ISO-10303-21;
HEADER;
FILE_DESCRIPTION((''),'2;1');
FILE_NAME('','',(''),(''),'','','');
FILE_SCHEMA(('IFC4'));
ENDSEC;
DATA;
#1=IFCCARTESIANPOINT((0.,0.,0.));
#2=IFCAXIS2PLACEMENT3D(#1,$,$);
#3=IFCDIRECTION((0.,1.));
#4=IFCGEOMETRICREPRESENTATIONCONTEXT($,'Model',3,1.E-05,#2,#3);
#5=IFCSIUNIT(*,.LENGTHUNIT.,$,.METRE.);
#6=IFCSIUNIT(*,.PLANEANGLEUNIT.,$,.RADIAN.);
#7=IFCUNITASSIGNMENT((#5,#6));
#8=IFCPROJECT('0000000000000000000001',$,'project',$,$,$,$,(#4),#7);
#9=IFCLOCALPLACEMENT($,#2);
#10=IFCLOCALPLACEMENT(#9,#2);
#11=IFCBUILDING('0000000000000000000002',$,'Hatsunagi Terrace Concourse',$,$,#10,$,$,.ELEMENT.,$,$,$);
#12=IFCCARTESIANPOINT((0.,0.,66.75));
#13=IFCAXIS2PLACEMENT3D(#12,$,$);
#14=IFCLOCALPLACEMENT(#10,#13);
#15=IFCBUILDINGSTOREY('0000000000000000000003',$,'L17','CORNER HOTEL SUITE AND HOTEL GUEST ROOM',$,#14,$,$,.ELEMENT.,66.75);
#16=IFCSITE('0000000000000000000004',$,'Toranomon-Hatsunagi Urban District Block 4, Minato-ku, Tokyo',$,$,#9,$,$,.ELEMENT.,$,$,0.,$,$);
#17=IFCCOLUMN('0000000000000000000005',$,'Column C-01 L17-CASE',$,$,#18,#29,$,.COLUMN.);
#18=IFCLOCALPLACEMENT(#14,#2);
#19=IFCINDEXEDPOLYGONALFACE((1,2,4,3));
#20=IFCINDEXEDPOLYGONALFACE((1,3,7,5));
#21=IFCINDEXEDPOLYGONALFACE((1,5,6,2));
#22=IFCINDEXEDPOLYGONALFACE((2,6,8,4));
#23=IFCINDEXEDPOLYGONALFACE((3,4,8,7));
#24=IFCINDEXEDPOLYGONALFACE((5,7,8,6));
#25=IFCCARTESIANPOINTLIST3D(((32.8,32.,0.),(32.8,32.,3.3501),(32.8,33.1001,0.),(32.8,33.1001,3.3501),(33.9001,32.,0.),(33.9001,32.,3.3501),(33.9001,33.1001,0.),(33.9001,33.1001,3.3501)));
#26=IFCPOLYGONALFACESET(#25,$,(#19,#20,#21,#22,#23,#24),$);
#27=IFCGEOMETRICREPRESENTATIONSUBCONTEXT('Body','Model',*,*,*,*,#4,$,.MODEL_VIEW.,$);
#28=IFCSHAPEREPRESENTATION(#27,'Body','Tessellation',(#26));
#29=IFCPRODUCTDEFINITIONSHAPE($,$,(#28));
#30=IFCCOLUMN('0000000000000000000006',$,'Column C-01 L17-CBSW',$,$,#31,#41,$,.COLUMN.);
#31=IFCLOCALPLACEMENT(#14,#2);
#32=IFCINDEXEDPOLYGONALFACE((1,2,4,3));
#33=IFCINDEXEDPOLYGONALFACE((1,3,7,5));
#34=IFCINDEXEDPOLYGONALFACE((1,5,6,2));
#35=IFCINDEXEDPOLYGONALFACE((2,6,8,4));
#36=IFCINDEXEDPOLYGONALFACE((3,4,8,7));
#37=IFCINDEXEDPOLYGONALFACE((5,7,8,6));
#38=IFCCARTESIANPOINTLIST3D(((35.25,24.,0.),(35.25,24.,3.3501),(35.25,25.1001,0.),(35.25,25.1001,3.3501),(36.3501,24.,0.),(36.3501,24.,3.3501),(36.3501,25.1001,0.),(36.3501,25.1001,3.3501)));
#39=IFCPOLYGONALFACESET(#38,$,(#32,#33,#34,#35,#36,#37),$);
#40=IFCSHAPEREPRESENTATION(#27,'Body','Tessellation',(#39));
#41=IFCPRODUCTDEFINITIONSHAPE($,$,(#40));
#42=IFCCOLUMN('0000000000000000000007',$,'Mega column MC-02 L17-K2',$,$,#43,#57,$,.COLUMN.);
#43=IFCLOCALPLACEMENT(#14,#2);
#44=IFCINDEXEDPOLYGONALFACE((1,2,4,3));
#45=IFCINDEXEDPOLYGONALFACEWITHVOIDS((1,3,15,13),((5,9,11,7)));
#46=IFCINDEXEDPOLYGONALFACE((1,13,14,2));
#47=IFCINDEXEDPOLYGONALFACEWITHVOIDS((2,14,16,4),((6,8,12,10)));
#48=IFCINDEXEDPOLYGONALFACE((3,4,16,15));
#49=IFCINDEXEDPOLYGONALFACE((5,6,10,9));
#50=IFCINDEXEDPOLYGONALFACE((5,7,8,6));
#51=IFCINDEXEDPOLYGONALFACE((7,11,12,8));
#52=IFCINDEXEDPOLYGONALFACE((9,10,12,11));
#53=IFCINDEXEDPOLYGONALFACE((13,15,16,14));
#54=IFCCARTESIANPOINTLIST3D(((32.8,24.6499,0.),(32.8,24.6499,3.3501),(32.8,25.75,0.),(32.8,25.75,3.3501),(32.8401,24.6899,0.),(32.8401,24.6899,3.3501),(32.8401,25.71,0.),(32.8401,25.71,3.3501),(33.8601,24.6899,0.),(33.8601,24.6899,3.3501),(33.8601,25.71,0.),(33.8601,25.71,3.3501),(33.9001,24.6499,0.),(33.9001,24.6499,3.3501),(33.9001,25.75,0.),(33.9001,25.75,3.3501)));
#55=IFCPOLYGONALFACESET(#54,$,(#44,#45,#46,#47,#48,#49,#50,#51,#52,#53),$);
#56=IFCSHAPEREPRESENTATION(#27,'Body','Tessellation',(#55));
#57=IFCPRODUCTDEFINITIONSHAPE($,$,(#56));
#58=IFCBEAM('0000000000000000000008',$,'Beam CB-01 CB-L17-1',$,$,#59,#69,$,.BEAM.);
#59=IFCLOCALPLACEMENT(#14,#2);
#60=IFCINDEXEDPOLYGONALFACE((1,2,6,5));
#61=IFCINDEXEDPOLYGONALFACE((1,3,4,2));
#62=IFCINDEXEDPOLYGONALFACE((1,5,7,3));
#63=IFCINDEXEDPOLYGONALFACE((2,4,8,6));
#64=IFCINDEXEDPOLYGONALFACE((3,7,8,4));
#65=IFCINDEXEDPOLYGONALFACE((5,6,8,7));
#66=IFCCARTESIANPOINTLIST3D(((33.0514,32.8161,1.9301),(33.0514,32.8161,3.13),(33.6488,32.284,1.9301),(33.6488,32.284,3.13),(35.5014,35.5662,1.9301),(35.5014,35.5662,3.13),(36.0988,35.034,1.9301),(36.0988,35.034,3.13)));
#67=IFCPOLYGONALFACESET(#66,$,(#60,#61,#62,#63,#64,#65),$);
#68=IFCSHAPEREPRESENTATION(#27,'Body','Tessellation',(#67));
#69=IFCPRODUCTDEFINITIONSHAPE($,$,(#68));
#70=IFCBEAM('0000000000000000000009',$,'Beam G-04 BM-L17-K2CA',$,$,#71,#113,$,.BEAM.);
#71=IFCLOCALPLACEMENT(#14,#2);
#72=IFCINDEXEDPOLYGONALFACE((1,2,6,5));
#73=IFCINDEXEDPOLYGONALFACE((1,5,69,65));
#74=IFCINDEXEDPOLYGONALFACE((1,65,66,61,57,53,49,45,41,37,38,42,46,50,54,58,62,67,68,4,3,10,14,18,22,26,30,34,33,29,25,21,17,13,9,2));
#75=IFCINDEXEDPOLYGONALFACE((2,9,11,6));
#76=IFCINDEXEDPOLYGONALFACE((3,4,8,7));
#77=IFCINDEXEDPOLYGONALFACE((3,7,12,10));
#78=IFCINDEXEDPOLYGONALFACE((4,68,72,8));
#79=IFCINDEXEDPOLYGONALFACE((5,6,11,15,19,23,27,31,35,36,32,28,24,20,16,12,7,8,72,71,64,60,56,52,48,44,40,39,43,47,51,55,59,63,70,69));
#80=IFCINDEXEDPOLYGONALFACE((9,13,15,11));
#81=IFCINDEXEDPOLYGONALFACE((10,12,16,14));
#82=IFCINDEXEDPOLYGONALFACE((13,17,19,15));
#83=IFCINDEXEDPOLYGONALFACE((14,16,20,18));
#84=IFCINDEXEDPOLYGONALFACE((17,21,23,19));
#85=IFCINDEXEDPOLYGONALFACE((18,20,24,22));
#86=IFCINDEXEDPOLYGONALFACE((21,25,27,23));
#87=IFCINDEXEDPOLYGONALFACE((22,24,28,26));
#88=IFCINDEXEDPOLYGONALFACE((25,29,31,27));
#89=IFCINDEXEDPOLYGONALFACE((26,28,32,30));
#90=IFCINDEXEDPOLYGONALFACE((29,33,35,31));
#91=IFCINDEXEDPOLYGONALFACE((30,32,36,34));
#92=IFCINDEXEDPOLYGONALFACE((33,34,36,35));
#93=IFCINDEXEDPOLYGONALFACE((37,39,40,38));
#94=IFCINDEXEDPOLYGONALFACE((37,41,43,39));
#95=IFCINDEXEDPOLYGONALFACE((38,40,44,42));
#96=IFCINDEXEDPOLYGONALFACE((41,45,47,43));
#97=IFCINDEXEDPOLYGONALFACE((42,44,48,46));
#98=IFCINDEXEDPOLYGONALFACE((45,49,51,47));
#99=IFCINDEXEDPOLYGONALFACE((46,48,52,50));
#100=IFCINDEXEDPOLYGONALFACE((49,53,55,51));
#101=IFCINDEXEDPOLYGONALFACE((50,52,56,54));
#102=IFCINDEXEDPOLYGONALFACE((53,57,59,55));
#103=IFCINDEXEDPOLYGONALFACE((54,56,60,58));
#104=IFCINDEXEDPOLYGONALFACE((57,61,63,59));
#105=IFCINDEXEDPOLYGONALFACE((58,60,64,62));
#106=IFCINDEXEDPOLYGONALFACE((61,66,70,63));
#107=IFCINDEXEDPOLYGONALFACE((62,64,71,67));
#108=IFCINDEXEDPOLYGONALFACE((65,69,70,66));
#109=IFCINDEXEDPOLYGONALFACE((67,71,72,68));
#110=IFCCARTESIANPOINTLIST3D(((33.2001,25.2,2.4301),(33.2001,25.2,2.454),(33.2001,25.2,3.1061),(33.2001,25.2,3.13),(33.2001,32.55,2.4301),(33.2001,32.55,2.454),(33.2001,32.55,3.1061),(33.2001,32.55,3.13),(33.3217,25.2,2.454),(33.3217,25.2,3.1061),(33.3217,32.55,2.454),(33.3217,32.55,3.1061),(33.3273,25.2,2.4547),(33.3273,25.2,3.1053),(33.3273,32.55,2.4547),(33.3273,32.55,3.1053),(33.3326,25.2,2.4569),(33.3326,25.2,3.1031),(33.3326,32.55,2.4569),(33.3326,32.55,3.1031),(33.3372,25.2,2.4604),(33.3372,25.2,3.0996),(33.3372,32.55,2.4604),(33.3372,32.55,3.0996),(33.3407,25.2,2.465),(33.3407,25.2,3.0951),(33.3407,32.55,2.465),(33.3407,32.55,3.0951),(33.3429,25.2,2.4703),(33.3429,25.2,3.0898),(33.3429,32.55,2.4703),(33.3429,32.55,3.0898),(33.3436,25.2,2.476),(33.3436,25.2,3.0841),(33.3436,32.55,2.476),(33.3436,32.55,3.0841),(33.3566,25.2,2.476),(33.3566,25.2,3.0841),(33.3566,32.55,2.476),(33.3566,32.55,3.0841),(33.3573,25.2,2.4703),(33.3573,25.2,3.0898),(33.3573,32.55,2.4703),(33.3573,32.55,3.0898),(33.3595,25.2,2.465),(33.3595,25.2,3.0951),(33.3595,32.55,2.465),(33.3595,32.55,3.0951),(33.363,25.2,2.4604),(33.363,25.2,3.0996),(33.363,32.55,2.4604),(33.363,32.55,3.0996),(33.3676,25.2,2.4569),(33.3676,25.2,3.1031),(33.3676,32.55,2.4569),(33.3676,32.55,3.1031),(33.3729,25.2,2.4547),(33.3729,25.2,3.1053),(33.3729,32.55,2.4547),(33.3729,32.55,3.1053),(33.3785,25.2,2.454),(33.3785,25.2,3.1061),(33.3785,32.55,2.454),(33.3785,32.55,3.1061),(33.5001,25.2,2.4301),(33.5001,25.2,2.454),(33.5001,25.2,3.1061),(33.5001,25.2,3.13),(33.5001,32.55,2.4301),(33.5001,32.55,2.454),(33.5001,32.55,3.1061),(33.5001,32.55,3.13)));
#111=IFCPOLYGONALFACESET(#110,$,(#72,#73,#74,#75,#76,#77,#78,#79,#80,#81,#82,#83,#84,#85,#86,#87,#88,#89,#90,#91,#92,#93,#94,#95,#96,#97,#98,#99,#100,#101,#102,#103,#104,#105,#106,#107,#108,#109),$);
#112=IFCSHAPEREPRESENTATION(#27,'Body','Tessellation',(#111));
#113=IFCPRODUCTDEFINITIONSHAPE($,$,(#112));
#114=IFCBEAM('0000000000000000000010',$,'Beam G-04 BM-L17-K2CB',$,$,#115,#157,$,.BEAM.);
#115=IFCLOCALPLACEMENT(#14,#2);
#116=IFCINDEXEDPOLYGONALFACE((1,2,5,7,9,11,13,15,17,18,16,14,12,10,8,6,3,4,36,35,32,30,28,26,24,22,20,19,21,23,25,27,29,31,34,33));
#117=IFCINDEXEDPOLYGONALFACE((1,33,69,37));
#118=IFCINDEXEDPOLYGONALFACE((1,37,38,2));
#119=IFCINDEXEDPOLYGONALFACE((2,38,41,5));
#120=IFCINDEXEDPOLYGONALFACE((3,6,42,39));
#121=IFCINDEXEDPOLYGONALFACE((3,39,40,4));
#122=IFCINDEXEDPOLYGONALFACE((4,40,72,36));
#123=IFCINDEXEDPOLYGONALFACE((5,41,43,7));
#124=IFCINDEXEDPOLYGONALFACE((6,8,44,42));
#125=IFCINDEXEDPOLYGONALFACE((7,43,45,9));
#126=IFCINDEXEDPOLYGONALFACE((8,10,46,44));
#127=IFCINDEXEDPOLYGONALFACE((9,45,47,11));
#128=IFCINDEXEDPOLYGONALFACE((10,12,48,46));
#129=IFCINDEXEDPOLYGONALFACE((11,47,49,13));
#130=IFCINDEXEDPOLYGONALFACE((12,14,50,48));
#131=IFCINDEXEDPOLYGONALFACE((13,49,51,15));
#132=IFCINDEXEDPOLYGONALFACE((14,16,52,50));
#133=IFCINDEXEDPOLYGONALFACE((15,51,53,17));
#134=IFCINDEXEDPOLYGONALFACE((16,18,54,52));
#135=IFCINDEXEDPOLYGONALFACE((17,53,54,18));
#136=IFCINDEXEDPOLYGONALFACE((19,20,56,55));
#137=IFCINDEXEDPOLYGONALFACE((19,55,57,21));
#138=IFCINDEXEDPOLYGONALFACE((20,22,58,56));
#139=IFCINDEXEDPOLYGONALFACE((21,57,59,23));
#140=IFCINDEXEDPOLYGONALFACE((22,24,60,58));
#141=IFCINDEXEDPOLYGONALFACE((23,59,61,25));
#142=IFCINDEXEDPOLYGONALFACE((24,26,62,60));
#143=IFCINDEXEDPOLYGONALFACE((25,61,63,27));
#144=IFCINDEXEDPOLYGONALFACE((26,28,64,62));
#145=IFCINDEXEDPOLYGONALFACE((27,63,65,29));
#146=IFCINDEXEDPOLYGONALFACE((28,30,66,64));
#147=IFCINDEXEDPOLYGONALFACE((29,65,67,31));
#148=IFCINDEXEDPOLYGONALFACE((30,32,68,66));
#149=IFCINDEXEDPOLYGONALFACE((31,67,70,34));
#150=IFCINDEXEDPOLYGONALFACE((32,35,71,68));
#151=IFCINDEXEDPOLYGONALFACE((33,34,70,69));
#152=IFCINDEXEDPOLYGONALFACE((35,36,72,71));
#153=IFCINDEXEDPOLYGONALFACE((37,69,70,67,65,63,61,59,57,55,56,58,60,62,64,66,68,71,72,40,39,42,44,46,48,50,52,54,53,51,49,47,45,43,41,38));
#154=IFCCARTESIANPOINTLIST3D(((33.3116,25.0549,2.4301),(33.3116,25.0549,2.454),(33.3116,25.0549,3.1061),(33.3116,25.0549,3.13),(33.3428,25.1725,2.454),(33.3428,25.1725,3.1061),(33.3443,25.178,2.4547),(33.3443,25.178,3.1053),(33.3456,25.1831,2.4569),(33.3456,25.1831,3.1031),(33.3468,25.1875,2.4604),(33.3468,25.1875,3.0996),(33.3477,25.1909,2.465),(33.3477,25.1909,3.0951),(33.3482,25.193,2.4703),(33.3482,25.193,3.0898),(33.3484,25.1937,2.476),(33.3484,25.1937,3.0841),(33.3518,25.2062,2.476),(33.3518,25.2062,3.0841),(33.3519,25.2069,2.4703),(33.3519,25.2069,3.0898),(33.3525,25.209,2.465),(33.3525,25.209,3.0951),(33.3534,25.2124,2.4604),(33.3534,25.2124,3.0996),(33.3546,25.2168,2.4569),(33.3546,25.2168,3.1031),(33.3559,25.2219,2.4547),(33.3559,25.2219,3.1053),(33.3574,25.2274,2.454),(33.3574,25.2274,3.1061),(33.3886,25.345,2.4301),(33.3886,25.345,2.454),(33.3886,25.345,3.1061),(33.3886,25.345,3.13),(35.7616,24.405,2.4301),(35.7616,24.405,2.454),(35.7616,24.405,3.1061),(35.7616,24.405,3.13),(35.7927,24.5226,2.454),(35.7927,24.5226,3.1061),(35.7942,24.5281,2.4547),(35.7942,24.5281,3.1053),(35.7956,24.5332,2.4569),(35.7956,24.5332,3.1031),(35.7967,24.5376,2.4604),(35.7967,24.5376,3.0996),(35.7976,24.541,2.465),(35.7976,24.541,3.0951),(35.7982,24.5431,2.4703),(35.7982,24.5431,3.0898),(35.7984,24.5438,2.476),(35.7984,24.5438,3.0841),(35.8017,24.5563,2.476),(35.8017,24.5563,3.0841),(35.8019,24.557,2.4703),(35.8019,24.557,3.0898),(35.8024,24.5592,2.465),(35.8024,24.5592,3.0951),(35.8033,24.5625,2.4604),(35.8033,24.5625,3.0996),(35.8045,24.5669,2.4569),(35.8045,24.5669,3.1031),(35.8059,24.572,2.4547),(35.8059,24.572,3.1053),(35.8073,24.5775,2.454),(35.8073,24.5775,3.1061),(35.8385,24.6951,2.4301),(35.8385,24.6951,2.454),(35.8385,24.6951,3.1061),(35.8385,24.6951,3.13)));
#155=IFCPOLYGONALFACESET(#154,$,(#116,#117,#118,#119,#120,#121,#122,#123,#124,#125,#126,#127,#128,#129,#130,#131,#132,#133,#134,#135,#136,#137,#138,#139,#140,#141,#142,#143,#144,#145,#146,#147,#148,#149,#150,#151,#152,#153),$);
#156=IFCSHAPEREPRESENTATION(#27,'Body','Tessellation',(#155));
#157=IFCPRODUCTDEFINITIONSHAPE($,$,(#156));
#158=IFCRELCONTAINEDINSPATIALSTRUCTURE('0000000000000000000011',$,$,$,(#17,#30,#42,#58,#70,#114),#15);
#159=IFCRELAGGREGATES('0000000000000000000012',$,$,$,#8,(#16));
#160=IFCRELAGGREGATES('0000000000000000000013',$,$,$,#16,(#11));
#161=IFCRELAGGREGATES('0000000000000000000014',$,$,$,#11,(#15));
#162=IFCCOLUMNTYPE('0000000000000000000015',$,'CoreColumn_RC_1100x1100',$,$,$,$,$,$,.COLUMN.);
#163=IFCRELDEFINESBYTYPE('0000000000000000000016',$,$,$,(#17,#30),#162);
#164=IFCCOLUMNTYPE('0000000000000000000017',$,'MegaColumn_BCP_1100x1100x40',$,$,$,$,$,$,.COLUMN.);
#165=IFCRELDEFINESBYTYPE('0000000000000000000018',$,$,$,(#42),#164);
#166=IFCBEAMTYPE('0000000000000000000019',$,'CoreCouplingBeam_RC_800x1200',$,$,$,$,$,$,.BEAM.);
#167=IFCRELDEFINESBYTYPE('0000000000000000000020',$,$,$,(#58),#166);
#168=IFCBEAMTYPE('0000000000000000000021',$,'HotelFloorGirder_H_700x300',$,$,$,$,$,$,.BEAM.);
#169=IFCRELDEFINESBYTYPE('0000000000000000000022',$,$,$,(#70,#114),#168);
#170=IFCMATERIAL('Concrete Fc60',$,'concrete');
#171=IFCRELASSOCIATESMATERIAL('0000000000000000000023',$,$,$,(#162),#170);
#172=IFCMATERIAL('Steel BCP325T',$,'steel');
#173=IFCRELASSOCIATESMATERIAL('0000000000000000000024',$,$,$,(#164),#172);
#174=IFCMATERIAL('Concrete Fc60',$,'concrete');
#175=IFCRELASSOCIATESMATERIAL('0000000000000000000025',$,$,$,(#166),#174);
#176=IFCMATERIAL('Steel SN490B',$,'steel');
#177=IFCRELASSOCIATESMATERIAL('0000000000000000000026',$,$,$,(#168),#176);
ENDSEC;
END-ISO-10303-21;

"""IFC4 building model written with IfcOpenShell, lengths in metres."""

from ifc_helpers import new_model, si_unit, direction, frame, origin, origin_2d, place, context, subcontext, project, spatial, rectangle, hollow_rectangle, i_section, extrude, material, material_profile, profile_set, type_object, element, save


model = new_model("IFC4")

# Units and contexts
model_context = context("Model", 3, precision=1e-05, world=origin(), true_north=direction((0.0, 1.0)))
body_context = subcontext(model_context, "Body", "Model", "MODEL_VIEW")
ifc_project = project(units=[si_unit("LENGTHUNIT", "METRE"), si_unit("PLANEANGLEUNIT", "RADIAN")], contexts=[model_context])

# Site, building, storey
site_placement = place(None, origin())
site = spatial("IfcSite", under=ifc_project, at=site_placement, Name="Toranomon-Hatsunagi Urban District Block 4, Minato-ku, Tokyo", CompositionType="ELEMENT", RefElevation=0.0)
building_placement = place(site_placement, origin())
building = spatial("IfcBuilding", under=site, at=building_placement, Name="Hatsunagi Terrace Concourse", CompositionType="ELEMENT")
storey_placement = place(building_placement, frame((0.0, 0.0, 66.75)))
storey = spatial("IfcBuildingStorey", under=building, at=storey_placement, Name="L17", Description="CORNER HOTEL SUITE AND HOTEL GUEST ROOM", CompositionType="ELEMENT", Elevation=66.75)

# Columns
ifc_material_1 = material(Name="Concrete Fc60", Category="concrete")
ifc_material_profile_1 = material_profile(ifc_material_1, rectangle(XDim=1.1001, YDim=1.1001, at=origin_2d()), Name="RC-1100x1100")
ifc_profile_set_1 = profile_set([ifc_material_profile_1], Name="Concrete Fc60")
column_type_1 = type_object("IfcColumnType", Name="CoreColumn_RC_1100x1100", PredefinedType="COLUMN", material=ifc_profile_set_1)
for number, where, z_axis, x_axis, name in (
    (1, (33.3501, 32.55, 0.0), (0.0, 0.0, 1.0), (1.0, 0.0, 0.0), "Column C-01 L17-CASE"),
    (2, (35.8, 24.55, 0.0), (0.0, 0.0, 1.0), (1.0, 0.0, 0.0), "Column C-01 L17-CBSW"),
):
    element("IfcColumn", number, at=place(storey_placement, frame(where, z_axis=z_axis, x_axis=x_axis)), inside=storey, type_object=column_type_1, Name=name, PredefinedType="COLUMN", context=body_context, shape_type="SweptSolid", body=[
        extrude(rectangle(XDim=1.1001, YDim=1.1001, at=origin_2d()), origin(), (0.0, 0.0, 1.0), 3.3501),
    ])
ifc_material_2 = material(Name="Steel BCP325T", Category="steel")
ifc_material_profile_2 = material_profile(ifc_material_2, hollow_rectangle(XDim=1.1001, YDim=1.1001, WallThickness=0.04, at=origin_2d()), Name="BCP-1100x1100x40")
ifc_profile_set_2 = profile_set([ifc_material_profile_2], Name="Steel BCP325T")
column_type_2 = type_object("IfcColumnType", Name="MegaColumn_BCP_1100x1100x40", PredefinedType="COLUMN", material=ifc_profile_set_2)
column_placement = place(storey_placement, frame((33.3501, 25.2, 0.0), z_axis=(0.0, 0.0, 1.0), x_axis=(1.0, 0.0, 0.0)))
element("IfcColumn", 3, at=column_placement, inside=storey, type_object=column_type_2, Name="Mega column MC-02 L17-K2", PredefinedType="COLUMN", context=body_context, shape_type="SweptSolid", body=[
    extrude(hollow_rectangle(XDim=1.1001, YDim=1.1001, WallThickness=0.04, at=origin_2d()), origin(), (0.0, 0.0, 1.0), 3.3501),
])

# Beams
ifc_material_3 = material(Name="Concrete Fc60", Category="concrete")
ifc_material_profile_3 = material_profile(ifc_material_3, rectangle(XDim=0.8, YDim=1.2, at=origin_2d()), Name="RC-800x1200")
ifc_profile_set_3 = profile_set([ifc_material_profile_3], Name="Concrete Fc60")
beam_type_1 = type_object("IfcBeamType", Name="CoreCouplingBeam_RC_800x1200", PredefinedType="BEAM", material=ifc_profile_set_3)
beam_1_placement = place(storey_placement, frame((33.3501, 32.55, 2.53), z_axis=(0.665199, 0.746666, 0.0), x_axis=(-0.746666, 0.665199, 0.0)))
element("IfcBeam", 4, at=beam_1_placement, inside=storey, type_object=beam_type_1, Name="Beam CB-01 CB-L17-1", PredefinedType="BEAM", context=body_context, shape_type="SweptSolid", body=[
    extrude(rectangle(XDim=0.8, YDim=1.2, at=origin_2d()), origin(), (0.0, 0.0, 1.0), 3.6831),
])
ifc_material_4 = material(Name="Steel SN490B", Category="steel")
ifc_material_profile_4 = material_profile(ifc_material_4, i_section(OverallWidth=0.3, OverallDepth=0.7, WebThickness=0.0129, FlangeThickness=0.0239, FilletRadius=0.022, at=origin_2d()), Name="H-700x300x13x24")
ifc_profile_set_4 = profile_set([ifc_material_profile_4], Name="Steel SN490B")
beam_type_2 = type_object("IfcBeamType", Name="HotelFloorGirder_H_700x300", PredefinedType="BEAM", material=ifc_profile_set_4)
beam_2_placement = place(storey_placement, frame((33.3501, 25.2, 2.78), z_axis=(0.0, 1.0, 0.0), x_axis=(-1.0, 0.0, 0.0)))
element("IfcBeam", 5, at=beam_2_placement, inside=storey, type_object=beam_type_2, Name="Beam G-04 BM-L17-K2CA", PredefinedType="BEAM", context=body_context, shape_type="SweptSolid", body=[
    extrude(i_section(OverallWidth=0.3, OverallDepth=0.7, WebThickness=0.0129, FlangeThickness=0.0239, FilletRadius=0.022, at=origin_2d()), origin(), (0.0, 0.0, 1.0), 7.3501),
])
beam_3_placement = place(storey_placement, frame((33.3501, 25.2, 2.78), z_axis=(0.96657, -0.256403, 0.0), x_axis=(0.256403, 0.96657, 0.0)))
element("IfcBeam", 6, at=beam_3_placement, inside=storey, type_object=beam_type_2, Name="Beam G-04 BM-L17-K2CB", PredefinedType="BEAM", context=body_context, shape_type="SweptSolid", body=[
    extrude(i_section(OverallWidth=0.3, OverallDepth=0.7, WebThickness=0.0129, FlangeThickness=0.0239, FilletRadius=0.022, at=origin_2d()), origin(), (0.0, 0.0, 1.0), 2.5347),
])

save(model, "model.ifc")
